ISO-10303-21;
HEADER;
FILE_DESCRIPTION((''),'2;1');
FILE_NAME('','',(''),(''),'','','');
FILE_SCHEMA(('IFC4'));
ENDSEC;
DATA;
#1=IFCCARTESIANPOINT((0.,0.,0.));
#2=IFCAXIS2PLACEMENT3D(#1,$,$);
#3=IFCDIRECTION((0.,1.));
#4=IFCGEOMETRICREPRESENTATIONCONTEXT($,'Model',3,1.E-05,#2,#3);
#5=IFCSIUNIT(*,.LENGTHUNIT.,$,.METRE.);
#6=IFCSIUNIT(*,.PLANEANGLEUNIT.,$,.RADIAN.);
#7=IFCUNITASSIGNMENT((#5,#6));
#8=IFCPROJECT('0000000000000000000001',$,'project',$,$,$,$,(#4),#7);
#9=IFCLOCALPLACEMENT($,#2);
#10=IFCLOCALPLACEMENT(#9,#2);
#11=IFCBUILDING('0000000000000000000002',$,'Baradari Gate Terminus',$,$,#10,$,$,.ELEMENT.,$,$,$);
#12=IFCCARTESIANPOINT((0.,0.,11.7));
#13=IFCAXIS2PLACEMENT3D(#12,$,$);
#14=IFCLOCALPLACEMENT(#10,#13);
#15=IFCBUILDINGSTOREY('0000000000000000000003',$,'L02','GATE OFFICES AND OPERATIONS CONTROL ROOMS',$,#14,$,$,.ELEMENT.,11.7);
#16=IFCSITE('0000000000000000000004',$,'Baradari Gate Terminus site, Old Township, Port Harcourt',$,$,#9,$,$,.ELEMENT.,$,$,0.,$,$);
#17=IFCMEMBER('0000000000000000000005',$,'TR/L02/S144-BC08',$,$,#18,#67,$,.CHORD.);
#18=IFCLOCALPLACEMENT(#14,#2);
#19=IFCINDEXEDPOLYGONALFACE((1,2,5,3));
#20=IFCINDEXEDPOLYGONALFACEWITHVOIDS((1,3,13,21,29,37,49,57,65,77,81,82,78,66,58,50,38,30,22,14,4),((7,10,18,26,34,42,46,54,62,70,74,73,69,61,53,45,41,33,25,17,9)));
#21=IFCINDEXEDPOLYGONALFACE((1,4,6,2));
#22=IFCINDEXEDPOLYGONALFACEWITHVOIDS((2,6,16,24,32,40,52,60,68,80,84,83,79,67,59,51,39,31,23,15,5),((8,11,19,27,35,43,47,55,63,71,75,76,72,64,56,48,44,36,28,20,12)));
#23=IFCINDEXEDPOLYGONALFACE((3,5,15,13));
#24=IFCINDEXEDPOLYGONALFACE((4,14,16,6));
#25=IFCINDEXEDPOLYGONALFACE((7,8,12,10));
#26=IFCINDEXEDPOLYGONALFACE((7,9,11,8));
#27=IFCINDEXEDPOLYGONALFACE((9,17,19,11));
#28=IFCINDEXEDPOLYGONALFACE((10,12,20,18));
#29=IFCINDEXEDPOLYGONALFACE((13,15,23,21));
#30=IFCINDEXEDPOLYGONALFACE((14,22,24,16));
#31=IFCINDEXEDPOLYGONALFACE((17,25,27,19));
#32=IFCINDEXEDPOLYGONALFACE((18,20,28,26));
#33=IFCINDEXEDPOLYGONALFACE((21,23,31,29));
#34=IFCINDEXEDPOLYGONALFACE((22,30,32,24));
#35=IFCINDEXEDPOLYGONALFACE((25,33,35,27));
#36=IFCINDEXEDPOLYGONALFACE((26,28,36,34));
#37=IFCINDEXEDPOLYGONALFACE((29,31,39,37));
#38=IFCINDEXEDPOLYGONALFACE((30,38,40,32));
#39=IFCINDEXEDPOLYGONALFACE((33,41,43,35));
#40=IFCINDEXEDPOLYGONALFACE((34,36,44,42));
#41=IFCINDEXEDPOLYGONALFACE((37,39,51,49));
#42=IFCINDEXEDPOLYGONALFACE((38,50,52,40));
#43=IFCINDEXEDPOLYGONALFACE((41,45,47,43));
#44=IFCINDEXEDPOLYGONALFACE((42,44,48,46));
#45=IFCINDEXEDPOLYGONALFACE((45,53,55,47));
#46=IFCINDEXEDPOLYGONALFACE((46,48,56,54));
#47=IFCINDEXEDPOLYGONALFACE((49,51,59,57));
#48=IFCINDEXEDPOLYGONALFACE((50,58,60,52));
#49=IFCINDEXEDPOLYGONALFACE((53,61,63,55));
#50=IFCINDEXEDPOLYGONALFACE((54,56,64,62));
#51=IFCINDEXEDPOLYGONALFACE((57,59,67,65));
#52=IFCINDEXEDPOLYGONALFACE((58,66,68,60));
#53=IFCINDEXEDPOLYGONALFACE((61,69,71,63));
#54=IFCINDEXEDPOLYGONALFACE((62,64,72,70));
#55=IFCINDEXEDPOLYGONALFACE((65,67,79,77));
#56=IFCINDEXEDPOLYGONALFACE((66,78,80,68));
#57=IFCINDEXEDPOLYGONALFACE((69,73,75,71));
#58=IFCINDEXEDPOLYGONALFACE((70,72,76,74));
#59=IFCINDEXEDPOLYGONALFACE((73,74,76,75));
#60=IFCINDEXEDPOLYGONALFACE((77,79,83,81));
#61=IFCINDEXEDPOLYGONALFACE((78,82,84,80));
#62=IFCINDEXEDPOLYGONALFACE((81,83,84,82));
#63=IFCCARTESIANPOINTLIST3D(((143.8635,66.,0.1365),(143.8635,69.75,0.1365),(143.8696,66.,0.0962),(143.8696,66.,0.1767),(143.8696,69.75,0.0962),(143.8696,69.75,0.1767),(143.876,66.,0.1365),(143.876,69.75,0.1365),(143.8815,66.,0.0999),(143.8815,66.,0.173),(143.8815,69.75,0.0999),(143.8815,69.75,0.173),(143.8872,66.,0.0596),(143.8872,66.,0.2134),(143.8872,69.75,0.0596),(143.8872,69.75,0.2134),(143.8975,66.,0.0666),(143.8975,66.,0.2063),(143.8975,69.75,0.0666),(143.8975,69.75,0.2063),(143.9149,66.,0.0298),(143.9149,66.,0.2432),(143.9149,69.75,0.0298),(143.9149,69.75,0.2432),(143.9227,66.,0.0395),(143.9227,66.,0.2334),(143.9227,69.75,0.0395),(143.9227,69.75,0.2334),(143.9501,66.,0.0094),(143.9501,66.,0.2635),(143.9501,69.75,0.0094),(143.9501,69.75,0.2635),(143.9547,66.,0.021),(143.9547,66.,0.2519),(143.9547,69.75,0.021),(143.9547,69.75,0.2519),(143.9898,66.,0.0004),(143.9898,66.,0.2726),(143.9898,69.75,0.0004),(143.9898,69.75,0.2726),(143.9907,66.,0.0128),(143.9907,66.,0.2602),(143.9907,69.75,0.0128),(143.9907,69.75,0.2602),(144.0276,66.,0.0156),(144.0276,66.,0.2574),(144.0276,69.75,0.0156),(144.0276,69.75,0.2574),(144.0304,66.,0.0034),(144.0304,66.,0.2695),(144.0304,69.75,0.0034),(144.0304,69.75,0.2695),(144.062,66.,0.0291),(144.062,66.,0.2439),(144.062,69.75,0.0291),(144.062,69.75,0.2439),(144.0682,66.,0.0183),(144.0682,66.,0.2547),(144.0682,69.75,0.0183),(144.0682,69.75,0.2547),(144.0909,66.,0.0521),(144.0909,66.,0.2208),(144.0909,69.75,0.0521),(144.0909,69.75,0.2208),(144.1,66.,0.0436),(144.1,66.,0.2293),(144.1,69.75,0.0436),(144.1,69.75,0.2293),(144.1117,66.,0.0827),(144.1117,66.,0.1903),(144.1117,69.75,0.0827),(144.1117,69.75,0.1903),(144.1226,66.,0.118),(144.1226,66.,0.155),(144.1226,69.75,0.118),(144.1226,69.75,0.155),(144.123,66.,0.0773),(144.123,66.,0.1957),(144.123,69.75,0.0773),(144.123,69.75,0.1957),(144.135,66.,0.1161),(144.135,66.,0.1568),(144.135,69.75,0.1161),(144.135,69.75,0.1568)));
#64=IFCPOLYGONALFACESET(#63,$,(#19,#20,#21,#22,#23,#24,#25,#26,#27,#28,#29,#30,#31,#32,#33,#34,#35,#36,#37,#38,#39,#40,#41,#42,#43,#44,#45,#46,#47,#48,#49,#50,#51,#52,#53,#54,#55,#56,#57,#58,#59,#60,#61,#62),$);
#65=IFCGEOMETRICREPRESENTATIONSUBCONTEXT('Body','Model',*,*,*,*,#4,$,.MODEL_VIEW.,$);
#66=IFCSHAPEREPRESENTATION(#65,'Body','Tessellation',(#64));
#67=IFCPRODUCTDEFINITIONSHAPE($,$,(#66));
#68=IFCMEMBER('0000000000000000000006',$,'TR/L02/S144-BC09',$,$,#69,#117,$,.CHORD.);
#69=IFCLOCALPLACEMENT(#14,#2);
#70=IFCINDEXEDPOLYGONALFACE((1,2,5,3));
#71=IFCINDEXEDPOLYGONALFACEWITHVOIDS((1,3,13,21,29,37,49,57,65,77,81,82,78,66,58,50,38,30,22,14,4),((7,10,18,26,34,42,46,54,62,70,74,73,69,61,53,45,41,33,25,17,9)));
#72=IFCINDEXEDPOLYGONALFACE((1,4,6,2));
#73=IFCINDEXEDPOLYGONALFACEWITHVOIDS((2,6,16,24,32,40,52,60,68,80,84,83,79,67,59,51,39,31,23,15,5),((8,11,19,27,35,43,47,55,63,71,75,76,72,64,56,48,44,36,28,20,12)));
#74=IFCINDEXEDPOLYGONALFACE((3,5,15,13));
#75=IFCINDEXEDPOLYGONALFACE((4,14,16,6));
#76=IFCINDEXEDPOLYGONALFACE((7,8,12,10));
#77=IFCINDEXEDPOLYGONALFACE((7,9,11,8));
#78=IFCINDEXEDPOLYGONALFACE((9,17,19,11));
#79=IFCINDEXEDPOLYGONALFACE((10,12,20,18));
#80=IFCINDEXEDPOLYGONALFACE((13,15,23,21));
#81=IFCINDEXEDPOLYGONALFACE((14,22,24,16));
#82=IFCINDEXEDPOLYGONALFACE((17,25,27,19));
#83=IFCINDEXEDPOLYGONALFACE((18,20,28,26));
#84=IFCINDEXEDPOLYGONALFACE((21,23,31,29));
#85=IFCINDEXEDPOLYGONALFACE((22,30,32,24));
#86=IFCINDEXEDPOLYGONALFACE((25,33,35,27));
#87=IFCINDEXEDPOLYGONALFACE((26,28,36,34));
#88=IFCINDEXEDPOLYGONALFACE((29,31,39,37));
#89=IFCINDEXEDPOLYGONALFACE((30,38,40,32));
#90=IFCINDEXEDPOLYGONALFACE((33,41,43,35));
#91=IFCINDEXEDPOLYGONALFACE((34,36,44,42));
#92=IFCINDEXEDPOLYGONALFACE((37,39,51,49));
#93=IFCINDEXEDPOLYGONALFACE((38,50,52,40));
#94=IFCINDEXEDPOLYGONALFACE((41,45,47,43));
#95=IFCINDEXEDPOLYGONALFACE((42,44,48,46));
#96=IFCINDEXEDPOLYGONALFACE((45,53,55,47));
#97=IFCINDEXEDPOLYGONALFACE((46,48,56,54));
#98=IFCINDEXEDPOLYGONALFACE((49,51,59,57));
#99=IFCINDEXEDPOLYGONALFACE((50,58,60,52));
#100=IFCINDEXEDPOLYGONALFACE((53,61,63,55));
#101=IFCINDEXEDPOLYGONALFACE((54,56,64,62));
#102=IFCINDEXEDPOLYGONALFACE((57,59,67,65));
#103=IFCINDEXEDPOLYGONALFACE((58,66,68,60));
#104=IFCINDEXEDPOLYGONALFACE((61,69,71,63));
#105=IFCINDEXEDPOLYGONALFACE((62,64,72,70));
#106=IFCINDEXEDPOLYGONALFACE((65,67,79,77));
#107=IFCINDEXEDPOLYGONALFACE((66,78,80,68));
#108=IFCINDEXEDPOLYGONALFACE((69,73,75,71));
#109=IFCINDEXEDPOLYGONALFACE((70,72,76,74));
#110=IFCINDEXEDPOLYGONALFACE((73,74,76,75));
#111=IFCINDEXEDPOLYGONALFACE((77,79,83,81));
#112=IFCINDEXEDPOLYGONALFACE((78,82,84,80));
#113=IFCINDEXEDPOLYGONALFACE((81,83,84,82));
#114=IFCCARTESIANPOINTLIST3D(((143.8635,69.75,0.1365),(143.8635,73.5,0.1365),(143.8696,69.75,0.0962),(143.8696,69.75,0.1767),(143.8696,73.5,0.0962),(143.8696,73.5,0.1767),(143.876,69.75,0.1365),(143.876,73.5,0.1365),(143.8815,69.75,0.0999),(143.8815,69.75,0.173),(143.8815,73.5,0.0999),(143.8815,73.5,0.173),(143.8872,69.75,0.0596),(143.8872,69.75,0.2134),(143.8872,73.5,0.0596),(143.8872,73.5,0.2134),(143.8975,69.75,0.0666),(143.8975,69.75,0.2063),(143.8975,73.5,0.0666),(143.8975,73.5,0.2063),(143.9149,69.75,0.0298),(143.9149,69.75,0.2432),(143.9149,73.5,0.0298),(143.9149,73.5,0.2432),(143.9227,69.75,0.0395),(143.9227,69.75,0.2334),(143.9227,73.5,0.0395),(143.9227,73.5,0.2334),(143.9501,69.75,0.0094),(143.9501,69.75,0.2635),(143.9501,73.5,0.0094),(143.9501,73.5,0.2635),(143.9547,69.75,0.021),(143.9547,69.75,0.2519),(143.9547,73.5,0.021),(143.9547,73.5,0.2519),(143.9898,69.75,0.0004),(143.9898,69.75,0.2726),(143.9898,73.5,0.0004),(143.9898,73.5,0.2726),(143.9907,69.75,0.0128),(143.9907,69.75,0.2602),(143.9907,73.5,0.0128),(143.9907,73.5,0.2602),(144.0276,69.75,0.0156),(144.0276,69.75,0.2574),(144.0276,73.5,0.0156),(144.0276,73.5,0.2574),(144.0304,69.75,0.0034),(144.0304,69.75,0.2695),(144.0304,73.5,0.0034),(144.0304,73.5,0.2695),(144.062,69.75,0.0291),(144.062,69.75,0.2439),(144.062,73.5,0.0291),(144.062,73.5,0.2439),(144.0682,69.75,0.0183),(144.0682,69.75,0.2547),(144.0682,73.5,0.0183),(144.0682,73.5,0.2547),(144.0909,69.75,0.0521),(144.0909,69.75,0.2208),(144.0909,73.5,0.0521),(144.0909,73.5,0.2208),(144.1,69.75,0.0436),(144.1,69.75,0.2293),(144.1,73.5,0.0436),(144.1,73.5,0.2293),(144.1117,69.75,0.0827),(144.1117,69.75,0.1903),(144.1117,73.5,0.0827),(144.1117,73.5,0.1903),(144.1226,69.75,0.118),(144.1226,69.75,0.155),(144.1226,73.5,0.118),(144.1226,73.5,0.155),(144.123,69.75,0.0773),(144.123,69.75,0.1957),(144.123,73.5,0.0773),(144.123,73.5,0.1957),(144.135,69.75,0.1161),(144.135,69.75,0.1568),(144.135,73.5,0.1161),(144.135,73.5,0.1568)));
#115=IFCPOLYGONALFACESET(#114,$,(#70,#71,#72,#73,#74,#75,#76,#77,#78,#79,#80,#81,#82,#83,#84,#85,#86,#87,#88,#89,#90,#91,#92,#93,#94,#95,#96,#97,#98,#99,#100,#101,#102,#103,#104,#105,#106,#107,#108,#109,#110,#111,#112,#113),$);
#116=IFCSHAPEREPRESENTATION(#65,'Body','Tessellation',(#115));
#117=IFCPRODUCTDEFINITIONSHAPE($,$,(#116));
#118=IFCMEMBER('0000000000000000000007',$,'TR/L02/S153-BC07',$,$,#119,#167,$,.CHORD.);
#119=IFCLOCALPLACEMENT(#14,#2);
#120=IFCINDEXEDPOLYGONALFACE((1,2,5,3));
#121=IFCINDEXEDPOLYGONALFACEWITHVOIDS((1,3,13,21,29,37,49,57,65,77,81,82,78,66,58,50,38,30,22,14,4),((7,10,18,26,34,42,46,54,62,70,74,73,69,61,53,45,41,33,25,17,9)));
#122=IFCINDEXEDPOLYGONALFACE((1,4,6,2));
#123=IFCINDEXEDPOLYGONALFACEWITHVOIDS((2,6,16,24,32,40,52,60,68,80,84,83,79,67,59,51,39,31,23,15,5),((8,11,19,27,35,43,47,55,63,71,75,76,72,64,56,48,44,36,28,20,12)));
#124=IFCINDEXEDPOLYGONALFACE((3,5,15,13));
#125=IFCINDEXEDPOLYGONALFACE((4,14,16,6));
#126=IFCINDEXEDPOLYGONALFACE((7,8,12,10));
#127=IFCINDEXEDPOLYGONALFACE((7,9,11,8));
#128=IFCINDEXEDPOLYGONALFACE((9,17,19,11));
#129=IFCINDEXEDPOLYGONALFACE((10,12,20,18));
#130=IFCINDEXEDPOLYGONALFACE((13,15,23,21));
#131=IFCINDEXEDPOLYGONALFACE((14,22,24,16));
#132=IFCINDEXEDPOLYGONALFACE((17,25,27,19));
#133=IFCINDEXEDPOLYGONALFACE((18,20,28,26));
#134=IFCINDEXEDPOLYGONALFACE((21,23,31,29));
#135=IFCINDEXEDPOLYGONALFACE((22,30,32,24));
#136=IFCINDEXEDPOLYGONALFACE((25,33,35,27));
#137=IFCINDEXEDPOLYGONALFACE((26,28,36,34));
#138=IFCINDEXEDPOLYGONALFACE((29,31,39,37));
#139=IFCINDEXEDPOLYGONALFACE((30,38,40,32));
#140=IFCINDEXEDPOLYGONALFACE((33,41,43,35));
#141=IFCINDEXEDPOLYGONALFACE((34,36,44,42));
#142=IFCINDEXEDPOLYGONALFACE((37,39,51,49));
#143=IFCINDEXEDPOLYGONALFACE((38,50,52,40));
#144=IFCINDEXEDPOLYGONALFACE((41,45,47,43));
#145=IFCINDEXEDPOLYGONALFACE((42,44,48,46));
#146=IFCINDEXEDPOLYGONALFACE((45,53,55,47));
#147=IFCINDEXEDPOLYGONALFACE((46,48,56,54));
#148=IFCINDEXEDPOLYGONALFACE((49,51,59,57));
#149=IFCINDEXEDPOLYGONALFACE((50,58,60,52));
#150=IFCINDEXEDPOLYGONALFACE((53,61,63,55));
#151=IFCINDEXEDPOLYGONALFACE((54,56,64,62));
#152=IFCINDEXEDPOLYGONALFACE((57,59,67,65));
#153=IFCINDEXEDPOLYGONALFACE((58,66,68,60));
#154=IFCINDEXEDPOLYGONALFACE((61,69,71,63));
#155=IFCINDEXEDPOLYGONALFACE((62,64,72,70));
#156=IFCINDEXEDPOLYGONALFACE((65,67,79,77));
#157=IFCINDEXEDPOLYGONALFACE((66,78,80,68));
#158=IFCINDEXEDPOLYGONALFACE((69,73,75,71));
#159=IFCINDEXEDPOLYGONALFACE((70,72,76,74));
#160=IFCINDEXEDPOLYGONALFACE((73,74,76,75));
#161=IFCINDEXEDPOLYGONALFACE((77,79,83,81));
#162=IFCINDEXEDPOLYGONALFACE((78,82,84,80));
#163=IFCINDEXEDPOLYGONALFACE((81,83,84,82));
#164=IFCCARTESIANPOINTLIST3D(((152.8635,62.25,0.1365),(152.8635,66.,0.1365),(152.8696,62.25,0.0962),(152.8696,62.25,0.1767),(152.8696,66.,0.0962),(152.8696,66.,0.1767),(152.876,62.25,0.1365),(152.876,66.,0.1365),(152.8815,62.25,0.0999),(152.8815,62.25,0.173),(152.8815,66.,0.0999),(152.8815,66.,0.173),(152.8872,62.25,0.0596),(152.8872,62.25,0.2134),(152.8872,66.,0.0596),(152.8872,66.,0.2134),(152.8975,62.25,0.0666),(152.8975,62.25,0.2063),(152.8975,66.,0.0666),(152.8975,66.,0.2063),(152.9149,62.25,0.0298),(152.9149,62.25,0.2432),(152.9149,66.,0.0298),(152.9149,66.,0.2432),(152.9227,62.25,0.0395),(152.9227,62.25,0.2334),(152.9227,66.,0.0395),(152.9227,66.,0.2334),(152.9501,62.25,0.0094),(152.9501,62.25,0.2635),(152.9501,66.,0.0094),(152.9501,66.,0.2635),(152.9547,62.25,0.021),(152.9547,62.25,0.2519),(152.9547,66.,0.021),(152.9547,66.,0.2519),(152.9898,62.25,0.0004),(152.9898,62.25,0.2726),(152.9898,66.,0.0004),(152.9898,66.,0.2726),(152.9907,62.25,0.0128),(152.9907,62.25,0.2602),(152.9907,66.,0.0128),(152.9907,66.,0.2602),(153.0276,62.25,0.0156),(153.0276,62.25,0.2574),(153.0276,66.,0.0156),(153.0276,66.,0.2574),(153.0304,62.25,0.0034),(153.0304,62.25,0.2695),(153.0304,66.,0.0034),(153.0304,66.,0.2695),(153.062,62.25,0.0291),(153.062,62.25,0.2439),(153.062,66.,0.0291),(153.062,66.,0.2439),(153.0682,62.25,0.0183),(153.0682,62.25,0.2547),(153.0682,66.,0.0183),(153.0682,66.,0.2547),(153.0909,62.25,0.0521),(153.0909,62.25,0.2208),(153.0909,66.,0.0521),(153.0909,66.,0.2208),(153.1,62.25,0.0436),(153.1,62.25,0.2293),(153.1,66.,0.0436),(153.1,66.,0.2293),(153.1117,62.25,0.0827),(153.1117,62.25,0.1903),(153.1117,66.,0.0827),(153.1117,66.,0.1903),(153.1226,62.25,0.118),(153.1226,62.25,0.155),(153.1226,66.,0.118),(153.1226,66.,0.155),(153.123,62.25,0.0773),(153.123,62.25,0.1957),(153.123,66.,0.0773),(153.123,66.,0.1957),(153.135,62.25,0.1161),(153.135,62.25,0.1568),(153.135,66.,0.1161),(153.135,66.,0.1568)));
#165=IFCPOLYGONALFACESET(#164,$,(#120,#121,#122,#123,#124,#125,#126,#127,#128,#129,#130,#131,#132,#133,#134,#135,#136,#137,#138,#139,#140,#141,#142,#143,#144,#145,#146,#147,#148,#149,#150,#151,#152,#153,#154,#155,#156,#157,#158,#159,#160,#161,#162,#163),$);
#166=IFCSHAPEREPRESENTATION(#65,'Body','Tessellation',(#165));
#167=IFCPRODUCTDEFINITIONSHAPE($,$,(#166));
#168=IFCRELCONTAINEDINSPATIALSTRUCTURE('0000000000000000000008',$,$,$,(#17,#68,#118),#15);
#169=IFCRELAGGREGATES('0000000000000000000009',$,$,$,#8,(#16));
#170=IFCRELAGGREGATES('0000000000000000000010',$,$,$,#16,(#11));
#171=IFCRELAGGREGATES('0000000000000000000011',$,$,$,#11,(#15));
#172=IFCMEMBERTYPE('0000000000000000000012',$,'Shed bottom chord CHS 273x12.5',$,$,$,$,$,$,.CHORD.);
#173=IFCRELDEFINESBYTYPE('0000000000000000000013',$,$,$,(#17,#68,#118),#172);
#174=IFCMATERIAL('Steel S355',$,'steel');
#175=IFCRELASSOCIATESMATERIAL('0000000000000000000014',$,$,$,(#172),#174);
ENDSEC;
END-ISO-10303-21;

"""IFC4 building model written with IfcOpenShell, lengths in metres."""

from ifc_helpers import new_model, si_unit, direction, frame, origin, origin_2d, place, context, subcontext, project, spatial, hollow_circle, extrude, material, material_profile, profile_set, type_object, element, save


model = new_model("IFC4")

# Units and contexts
model_context = context("Model", 3, precision=1e-05, world=origin(), true_north=direction((0.0, 1.0)))
body_context = subcontext(model_context, "Body", "Model", "MODEL_VIEW")
ifc_project = project(units=[si_unit("LENGTHUNIT", "METRE"), si_unit("PLANEANGLEUNIT", "RADIAN")], contexts=[model_context])

# Site, building, storey
site_placement = place(None, origin())
site = spatial("IfcSite", under=ifc_project, at=site_placement, Name="Baradari Gate Terminus site, Old Township, Port Harcourt", CompositionType="ELEMENT", RefElevation=0.0)
building_placement = place(site_placement, origin())
building = spatial("IfcBuilding", under=site, at=building_placement, Name="Baradari Gate Terminus", CompositionType="ELEMENT")
storey_placement = place(building_placement, frame((0.0, 0.0, 11.7)))
storey = spatial("IfcBuildingStorey", under=building, at=storey_placement, Name="L02", Description="GATE OFFICES AND OPERATIONS CONTROL ROOMS", CompositionType="ELEMENT", Elevation=11.7)

# Members
ifc_material_1 = material(Name="Steel S355", Category="steel")
ifc_material_profile_1 = material_profile(ifc_material_1, hollow_circle(Radius=0.1365, WallThickness=0.0125, at=origin_2d()), Name="CHS 273x12.5")
ifc_profile_set_1 = profile_set([ifc_material_profile_1], Name="Steel S355")
member_type_1 = type_object("IfcMemberType", Name="Shed bottom chord CHS 273x12.5", PredefinedType="CHORD", material=ifc_profile_set_1)
for number, where, z_axis, x_axis, name in (
    (1, (144.0, 66.0, 0.1365), (0.0, 1.0, 0.0), (-1.0, 0.0, 0.0), "TR/L02/S144-BC08"),
    (2, (144.0, 69.75, 0.1365), (0.0, 1.0, 0.0), (-1.0, 0.0, 0.0), "TR/L02/S144-BC09"),
    (3, (153.0, 62.25, 0.1365), (0.0, 1.0, 0.0), (-1.0, 0.0, 0.0), "TR/L02/S153-BC07"),
):
    element("IfcMember", number, at=place(storey_placement, frame(where, z_axis=z_axis, x_axis=x_axis)), inside=storey, type_object=member_type_1, Name=name, PredefinedType="CHORD", context=body_context, shape_type="SweptSolid", body=[
        extrude(hollow_circle(Radius=0.1365, WallThickness=0.0125, at=origin_2d()), origin(), (0.0, 0.0, 1.0), 3.75),
    ])

save(model, "model.ifc")
